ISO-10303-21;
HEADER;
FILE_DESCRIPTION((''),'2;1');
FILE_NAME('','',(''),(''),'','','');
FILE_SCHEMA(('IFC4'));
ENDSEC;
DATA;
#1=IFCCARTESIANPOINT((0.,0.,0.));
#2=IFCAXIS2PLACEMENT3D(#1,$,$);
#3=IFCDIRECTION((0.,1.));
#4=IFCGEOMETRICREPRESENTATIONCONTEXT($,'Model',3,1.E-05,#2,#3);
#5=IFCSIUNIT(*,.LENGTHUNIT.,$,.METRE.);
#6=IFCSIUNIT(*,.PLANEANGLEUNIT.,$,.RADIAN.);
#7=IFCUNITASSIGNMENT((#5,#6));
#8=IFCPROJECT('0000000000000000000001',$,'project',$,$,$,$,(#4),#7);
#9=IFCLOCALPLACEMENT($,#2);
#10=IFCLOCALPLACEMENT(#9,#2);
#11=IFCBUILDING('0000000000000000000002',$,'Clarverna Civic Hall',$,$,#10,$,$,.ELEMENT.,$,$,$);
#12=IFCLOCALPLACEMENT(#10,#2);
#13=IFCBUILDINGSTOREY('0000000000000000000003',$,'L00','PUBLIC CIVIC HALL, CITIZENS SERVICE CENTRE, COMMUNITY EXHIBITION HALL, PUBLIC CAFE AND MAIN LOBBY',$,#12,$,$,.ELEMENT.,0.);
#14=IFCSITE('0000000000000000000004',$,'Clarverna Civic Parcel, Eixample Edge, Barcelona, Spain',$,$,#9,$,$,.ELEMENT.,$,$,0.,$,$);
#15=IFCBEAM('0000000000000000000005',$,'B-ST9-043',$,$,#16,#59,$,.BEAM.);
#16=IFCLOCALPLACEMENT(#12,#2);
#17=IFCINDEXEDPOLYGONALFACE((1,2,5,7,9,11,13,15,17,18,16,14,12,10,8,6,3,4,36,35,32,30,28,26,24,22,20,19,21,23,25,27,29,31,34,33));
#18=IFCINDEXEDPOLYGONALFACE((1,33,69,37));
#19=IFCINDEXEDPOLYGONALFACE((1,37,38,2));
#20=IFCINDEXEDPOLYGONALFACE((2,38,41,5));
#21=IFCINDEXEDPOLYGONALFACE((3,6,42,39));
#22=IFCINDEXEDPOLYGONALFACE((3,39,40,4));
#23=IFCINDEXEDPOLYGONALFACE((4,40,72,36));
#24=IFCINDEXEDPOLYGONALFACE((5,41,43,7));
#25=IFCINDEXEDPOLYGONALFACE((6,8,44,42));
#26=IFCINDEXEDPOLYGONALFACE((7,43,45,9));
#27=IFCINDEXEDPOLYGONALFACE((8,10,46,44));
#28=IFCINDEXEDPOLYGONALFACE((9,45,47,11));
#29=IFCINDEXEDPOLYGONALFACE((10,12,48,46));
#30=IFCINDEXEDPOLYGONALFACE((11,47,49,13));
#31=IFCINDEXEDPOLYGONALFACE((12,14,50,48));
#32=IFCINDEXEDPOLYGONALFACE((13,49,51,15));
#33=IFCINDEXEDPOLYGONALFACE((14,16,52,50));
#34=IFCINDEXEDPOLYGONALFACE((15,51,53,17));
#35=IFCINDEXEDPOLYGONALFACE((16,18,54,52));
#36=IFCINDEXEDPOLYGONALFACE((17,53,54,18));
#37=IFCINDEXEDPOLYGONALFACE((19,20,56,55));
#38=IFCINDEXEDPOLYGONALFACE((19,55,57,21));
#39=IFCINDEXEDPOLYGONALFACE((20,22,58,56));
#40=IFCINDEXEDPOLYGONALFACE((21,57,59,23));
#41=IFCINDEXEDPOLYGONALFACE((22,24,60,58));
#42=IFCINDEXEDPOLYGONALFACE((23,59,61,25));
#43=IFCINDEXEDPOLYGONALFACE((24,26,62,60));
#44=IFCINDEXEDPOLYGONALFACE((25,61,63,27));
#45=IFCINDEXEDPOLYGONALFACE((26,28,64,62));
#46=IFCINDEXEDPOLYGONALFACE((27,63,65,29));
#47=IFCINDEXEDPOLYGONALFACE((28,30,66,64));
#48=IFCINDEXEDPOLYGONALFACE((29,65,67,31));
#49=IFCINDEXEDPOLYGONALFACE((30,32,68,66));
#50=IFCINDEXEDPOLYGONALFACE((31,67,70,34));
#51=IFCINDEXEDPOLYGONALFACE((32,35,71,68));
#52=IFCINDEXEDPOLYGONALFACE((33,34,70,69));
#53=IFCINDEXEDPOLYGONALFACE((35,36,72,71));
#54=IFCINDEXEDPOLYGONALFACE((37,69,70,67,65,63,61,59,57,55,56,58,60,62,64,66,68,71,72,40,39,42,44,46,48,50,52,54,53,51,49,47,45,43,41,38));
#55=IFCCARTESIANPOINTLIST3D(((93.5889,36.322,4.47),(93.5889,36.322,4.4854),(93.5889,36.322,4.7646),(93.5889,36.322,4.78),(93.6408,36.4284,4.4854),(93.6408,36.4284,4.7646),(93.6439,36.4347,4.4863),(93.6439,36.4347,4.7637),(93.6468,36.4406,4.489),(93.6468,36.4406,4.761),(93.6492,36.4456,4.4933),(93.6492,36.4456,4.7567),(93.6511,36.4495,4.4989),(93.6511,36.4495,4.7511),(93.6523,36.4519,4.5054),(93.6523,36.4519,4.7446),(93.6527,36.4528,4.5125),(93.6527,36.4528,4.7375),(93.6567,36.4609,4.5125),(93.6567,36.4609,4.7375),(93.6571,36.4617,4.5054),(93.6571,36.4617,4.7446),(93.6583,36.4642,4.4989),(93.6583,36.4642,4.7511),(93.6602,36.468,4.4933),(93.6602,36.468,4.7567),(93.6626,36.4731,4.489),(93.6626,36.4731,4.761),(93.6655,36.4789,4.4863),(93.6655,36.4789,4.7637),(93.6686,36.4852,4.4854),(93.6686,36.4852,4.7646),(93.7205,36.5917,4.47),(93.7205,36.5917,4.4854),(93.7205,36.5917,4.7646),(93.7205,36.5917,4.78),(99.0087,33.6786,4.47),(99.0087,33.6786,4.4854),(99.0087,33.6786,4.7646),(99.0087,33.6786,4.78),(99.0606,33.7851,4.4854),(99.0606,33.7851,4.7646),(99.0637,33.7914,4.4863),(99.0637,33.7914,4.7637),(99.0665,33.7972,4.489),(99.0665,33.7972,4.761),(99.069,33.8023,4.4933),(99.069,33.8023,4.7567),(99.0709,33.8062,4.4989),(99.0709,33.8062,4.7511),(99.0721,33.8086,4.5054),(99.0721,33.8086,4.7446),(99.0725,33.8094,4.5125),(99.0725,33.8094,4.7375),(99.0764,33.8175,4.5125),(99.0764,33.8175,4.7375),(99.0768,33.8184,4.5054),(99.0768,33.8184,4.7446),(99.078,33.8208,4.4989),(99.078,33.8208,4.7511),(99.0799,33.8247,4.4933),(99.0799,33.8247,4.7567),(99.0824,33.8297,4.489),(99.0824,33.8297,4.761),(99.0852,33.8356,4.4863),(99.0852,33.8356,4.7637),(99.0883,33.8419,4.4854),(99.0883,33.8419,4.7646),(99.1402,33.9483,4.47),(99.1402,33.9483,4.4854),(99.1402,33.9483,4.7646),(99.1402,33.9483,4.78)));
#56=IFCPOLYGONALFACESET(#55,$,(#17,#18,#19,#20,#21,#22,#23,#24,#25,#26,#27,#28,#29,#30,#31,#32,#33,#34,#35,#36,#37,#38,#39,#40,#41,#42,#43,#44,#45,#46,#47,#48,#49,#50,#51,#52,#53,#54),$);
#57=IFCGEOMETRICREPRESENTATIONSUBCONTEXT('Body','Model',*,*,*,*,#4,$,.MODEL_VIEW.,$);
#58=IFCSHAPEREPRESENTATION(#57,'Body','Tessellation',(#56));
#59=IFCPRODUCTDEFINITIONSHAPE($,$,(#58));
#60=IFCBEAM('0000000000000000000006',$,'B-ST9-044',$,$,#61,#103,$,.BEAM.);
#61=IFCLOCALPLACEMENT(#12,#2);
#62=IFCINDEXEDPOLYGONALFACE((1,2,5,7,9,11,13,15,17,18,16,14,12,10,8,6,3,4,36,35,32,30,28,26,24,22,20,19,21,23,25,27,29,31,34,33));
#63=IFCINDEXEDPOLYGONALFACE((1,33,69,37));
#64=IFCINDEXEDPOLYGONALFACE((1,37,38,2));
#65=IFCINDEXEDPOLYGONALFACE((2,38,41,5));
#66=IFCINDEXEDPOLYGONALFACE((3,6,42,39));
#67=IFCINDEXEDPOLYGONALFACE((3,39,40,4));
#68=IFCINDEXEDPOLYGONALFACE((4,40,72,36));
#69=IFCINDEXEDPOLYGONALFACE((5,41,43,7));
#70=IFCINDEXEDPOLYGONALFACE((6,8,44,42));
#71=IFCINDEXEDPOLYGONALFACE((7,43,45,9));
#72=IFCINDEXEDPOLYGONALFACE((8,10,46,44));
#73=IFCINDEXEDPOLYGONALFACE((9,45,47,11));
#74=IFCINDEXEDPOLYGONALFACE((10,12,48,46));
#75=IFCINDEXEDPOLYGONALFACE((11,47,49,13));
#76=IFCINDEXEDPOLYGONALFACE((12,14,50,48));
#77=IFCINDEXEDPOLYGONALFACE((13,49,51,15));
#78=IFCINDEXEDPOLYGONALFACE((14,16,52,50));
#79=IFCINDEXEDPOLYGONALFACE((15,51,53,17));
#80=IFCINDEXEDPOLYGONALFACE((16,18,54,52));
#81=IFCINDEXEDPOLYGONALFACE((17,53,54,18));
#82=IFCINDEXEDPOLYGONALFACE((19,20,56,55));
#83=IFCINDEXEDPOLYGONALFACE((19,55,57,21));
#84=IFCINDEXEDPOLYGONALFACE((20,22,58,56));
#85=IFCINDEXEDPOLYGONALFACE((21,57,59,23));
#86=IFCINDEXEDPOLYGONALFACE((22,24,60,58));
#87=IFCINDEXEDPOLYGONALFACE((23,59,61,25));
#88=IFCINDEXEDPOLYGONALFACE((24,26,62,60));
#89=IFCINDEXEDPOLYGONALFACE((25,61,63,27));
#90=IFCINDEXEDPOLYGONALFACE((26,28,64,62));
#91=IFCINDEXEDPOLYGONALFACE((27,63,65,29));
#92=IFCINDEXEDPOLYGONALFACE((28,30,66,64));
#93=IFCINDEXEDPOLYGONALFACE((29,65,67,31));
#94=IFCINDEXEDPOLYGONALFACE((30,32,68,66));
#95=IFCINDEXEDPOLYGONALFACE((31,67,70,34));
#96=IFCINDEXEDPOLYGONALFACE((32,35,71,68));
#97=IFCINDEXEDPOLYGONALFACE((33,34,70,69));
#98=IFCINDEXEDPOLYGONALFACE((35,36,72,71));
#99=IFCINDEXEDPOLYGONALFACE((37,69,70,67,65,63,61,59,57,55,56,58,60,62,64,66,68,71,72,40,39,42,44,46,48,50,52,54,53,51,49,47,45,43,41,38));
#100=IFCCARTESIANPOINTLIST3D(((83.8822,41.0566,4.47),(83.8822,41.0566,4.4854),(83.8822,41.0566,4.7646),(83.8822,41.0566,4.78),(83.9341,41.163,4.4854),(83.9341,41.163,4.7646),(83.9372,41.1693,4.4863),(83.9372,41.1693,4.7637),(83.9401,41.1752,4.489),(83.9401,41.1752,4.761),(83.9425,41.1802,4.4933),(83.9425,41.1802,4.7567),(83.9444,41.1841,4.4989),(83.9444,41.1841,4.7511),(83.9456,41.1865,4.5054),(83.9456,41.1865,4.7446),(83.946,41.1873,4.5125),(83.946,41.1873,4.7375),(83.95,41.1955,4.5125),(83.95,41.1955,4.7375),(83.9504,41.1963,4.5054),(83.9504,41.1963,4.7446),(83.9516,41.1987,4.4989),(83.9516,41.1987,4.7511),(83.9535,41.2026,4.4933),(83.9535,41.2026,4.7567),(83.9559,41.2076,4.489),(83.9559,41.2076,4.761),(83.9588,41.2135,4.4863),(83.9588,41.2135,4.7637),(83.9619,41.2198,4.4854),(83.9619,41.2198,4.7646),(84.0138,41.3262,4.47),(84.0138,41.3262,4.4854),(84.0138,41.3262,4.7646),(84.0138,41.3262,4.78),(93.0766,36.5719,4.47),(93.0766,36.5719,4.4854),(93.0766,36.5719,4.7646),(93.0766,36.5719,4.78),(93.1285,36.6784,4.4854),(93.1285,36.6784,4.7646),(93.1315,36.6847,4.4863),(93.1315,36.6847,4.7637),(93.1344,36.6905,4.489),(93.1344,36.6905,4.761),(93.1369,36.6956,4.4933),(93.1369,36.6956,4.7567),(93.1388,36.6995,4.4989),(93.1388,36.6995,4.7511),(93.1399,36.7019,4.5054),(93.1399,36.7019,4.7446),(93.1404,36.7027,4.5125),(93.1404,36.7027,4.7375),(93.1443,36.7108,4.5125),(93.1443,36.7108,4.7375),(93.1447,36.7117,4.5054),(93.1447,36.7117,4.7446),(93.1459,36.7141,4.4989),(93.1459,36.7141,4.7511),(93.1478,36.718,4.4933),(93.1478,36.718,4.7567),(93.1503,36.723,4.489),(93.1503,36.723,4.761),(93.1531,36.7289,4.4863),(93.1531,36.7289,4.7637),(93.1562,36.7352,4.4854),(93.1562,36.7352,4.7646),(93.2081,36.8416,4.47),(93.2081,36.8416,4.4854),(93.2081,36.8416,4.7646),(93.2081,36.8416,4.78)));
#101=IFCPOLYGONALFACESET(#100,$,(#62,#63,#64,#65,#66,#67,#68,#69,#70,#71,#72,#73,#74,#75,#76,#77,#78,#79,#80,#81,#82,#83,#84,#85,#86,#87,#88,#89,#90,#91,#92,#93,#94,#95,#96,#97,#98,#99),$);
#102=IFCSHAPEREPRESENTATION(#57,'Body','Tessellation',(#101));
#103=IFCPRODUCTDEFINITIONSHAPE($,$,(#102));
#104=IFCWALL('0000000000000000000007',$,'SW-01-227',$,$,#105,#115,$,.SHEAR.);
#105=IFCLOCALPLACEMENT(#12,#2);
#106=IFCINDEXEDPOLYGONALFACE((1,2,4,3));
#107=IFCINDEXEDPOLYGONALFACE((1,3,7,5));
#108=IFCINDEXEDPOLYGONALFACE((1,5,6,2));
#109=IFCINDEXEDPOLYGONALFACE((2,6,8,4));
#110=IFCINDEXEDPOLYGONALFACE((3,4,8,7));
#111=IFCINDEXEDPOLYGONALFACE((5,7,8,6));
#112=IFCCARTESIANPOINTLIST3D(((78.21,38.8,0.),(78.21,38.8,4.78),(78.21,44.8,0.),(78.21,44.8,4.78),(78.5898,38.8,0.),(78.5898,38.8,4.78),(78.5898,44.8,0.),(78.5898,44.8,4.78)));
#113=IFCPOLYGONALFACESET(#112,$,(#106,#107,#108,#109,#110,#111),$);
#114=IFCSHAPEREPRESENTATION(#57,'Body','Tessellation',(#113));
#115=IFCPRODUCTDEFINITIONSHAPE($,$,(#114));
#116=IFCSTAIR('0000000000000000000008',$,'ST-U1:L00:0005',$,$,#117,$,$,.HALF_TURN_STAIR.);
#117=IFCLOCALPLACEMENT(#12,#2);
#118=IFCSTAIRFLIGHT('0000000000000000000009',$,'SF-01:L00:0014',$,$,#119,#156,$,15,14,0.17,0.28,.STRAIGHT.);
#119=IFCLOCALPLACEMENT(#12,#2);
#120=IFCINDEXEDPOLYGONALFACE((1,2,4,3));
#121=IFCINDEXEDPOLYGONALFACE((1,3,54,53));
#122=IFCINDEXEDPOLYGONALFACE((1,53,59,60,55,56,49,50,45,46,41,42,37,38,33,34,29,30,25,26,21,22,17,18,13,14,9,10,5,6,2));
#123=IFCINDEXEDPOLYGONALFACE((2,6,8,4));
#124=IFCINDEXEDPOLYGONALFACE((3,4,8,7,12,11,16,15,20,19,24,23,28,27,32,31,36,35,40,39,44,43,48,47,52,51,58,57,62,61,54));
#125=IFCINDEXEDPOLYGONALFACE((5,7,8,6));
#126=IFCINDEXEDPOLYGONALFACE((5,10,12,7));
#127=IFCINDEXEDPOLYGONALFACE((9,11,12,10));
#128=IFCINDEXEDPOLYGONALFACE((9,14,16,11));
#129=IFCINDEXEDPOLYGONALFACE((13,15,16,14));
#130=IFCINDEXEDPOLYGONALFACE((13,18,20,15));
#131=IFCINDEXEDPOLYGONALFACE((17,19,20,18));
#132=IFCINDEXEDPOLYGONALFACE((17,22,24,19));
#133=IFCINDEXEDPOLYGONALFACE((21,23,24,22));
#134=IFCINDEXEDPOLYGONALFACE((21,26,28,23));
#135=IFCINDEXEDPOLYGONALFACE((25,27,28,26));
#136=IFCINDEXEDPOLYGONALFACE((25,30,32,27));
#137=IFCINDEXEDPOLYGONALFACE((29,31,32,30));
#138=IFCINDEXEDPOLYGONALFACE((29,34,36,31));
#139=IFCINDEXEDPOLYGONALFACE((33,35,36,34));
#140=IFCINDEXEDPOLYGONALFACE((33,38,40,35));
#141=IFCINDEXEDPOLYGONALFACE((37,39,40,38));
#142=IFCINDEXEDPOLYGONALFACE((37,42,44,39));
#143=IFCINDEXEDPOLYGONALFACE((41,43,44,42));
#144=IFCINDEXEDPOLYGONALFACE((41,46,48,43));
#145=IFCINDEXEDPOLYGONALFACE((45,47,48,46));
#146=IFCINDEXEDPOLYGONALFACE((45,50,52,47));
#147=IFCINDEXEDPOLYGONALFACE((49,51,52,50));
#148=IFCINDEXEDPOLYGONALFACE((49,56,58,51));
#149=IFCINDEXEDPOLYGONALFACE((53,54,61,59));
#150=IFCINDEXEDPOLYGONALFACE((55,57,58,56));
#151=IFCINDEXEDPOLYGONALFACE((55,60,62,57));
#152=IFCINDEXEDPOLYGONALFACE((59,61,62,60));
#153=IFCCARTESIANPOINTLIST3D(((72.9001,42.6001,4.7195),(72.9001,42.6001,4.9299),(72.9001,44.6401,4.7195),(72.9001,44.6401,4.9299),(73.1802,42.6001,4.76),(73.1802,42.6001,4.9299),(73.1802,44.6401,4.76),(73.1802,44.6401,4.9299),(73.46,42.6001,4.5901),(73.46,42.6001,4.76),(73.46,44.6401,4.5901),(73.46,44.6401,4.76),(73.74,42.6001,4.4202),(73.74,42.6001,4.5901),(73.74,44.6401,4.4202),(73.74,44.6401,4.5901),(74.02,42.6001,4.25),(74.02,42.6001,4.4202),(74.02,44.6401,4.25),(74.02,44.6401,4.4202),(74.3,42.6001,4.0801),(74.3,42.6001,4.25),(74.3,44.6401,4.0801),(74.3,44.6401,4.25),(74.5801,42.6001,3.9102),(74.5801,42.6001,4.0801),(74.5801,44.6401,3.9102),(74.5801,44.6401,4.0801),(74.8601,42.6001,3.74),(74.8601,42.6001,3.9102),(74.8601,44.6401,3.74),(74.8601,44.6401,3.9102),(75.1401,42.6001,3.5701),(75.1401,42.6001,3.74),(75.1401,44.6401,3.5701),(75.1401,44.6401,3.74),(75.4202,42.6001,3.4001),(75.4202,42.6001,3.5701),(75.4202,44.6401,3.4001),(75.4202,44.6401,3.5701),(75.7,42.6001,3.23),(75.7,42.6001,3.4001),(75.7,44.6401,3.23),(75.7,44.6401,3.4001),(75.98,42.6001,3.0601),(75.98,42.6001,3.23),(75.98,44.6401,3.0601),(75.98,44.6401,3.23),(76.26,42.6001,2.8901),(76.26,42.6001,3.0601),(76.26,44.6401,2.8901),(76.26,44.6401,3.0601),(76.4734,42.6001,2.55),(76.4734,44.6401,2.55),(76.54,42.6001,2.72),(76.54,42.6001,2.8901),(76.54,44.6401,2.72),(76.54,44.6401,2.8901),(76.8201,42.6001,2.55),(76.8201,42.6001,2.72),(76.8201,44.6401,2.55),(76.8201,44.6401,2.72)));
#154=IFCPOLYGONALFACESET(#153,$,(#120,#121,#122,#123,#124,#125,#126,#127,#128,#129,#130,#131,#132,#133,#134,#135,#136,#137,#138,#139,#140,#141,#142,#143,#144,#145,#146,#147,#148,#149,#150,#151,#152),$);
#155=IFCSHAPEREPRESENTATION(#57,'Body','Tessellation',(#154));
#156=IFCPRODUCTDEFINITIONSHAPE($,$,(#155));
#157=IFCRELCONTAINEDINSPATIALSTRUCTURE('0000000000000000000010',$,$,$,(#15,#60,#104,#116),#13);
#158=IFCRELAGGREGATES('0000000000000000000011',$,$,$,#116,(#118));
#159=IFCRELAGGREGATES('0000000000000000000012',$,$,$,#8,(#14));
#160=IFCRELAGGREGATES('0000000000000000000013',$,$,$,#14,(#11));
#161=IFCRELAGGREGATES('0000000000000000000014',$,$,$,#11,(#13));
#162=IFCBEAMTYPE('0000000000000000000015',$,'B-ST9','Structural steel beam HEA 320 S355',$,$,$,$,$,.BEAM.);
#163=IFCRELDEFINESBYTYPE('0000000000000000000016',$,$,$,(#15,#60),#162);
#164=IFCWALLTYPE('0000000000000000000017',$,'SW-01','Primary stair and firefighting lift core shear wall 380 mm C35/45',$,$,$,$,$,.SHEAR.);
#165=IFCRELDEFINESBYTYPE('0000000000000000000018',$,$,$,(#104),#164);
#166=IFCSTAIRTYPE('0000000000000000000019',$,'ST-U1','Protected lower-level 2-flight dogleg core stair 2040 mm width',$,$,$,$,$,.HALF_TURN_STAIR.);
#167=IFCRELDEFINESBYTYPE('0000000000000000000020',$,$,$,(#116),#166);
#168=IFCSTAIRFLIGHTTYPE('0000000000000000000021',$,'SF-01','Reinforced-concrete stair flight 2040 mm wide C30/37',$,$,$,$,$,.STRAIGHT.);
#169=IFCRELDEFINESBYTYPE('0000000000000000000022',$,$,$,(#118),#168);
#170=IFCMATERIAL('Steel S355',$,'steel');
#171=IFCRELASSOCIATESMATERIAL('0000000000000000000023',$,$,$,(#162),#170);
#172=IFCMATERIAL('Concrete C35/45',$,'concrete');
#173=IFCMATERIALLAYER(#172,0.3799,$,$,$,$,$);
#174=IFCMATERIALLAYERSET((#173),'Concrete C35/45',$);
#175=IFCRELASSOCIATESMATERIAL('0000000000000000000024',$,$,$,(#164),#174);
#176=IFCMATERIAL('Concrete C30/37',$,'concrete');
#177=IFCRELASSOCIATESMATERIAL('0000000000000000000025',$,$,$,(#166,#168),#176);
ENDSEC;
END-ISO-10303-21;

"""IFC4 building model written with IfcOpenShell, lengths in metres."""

from ifc_helpers import new_model, si_unit, direction, frame, frame_2d, origin, origin_2d, place, context, subcontext, project, spatial, polyline, rectangle, i_section, outline, extrude, material, layer, layer_set, material_profile, profile_set, type_object, element, aggregate, save


model = new_model("IFC4")

# Units and contexts
model_context = context("Model", 3, precision=1e-05, world=origin(), true_north=direction((0.0, 1.0)))
body_context = subcontext(model_context, "Body", "Model", "MODEL_VIEW")
ifc_project = project(units=[si_unit("LENGTHUNIT", "METRE"), si_unit("PLANEANGLEUNIT", "RADIAN")], contexts=[model_context])

# Site, building, storey
site_placement = place(None, origin())
site = spatial("IfcSite", under=ifc_project, at=site_placement, Name="Clarverna Civic Parcel, Eixample Edge, Barcelona, Spain", CompositionType="ELEMENT", RefElevation=0.0)
building_placement = place(site_placement, origin())
building = spatial("IfcBuilding", under=site, at=building_placement, Name="Clarverna Civic Hall", CompositionType="ELEMENT")
storey_placement = place(building_placement, origin())
storey = spatial("IfcBuildingStorey", under=building, at=storey_placement, Name="L00", Description="PUBLIC CIVIC HALL, CITIZENS SERVICE CENTRE, COMMUNITY EXHIBITION HALL, PUBLIC CAFE AND MAIN LOBBY", CompositionType="ELEMENT", Elevation=0.0)

# Shared definitions
ifc_material_1 = material(Name="Concrete C35/45", Category="concrete")

# Beams
ifc_material_2 = material(Name="Steel S355", Category="steel")
ifc_material_profile_1 = material_profile(ifc_material_2, i_section(OverallWidth=0.3, OverallDepth=0.3101, WebThickness=0.009, FlangeThickness=0.0154, FilletRadius=0.0271, at=origin_2d()), Name="HEA 320")
ifc_profile_set_1 = profile_set([ifc_material_profile_1], Name="Steel S355")
beam_type_1 = type_object("IfcBeamType", Name="B-ST9", Description="Structural steel beam HEA 320 S355", PredefinedType="BEAM", material=ifc_profile_set_1)
beam_1_placement = place(storey_placement, frame((99.0745, 33.8135, 4.625), z_axis=(-0.898797, 0.438365, 0.0), x_axis=(-0.438365, -0.898797, 0.0)))
element("IfcBeam", 1, at=beam_1_placement, inside=storey, type_object=beam_type_1, Name="B-ST9-043", PredefinedType="BEAM", context=body_context, shape_type="SweptSolid", body=[
    extrude(i_section(OverallWidth=0.3, OverallDepth=0.3101, WebThickness=0.009, FlangeThickness=0.0154, FilletRadius=0.0271, at=origin_2d()), origin(), (0.0, 0.0, 1.0), 6.03),
])
beam_2_placement = place(storey_placement, frame((93.1423, 36.7068, 4.625), z_axis=(-0.898785, 0.43839, 0.0), x_axis=(-0.43839, -0.898785, 0.0)))
element("IfcBeam", 2, at=beam_2_placement, inside=storey, type_object=beam_type_1, Name="B-ST9-044", PredefinedType="BEAM", context=body_context, shape_type="SweptSolid", body=[
    extrude(i_section(OverallWidth=0.3, OverallDepth=0.3101, WebThickness=0.009, FlangeThickness=0.0154, FilletRadius=0.0271, at=origin_2d()), origin(), (0.0, 0.0, 1.0), 10.2297),
])

# Wall
ifc_layer = layer(ifc_material_1, 0.3799)
ifc_layer_set = layer_set([ifc_layer], Name="Concrete C35/45")
wall_type = type_object("IfcWallType", Name="SW-01", Description="Primary stair and firefighting lift core shear wall 380 mm C35/45", PredefinedType="SHEAR", material=ifc_layer_set)
wall_placement = place(storey_placement, frame((78.3999, 38.8, 0.0), z_axis=(0.0, 0.0, 1.0), x_axis=(0.0, 1.0, 0.0)))
element("IfcWall", 3, at=wall_placement, inside=storey, type_object=wall_type, Name="SW-01-227", PredefinedType="SHEAR", context=body_context, shape_type="SweptSolid", body=[
    extrude(rectangle(XDim=6.0, YDim=0.3799, at=frame_2d((3.0, 0.0))), origin(), (0.0, 0.0, 1.0), 4.78),
])

# Stair, stair flight
ifc_material_3 = material(Name="Concrete C30/37", Category="concrete")
stair_type = type_object("IfcStairType", Name="ST-U1", Description="Protected lower-level 2-flight dogleg core stair 2040 mm width", PredefinedType="HALF_TURN_STAIR", material=ifc_material_3)
stair_placement = place(storey_placement, origin())
stair = element("IfcStair", 4, at=stair_placement, inside=storey, type_object=stair_type, Name="ST-U1:L00:0005", PredefinedType="HALF_TURN_STAIR")
stair_flight_type = type_object("IfcStairFlightType", Name="SF-01", Description="Reinforced-concrete stair flight 2040 mm wide C30/37", PredefinedType="STRAIGHT", material=ifc_material_3)
stair_flight_placement = place(storey_placement, frame((76.8201, 43.6201, 2.55), z_axis=(0.0, 0.0, 1.0), x_axis=(-1.0, 0.0, 0.0)))
stair_flight = element("IfcStairFlight", 5, at=stair_flight_placement, type_object=stair_flight_type, Name="SF-01:L00:0014", NumberOfRisers=15, NumberOfTreads=14, PredefinedType="STRAIGHT", RiserHeight=0.17, TreadLength=0.28, context=body_context, shape_type="SweptSolid", body=[
    extrude(outline(polyline([(0.0, 0.0), (0.0, 0.1699), (0.28, 0.1699), (0.28, 0.3401), (0.5601, 0.3401), (0.5601, 0.51), (0.8401, 0.51), (0.8401, 0.6799), (1.1201, 0.6799), (1.1201, 0.8501), (1.3999, 0.8501), (1.3999, 1.02), (1.6799, 1.02), (1.6799, 1.1899), (1.96, 1.1899), (1.96, 1.3601), (2.24, 1.3601), (2.24, 1.53), (2.52, 1.53), (2.52, 1.7), (2.8, 1.7), (2.8, 1.8701), (3.0801, 1.8701), (3.0801, 2.04), (3.3601, 2.04), (3.3601, 2.21), (3.6399, 2.21), (3.6399, 2.3799), (3.9199, 2.3799), (3.9199, 2.55), (3.9199, 2.1694), (0.3467, 0.0), (0.0, 0.0)])), frame((0.0, 1.02, 0.0), z_axis=(0.0, -1.0, 0.0), x_axis=(1.0, 0.0, 0.0)), (0.0, 0.0, 1.0), 2.04),
])
aggregate(stair, [stair_flight])

save(model, "model.ifc")
